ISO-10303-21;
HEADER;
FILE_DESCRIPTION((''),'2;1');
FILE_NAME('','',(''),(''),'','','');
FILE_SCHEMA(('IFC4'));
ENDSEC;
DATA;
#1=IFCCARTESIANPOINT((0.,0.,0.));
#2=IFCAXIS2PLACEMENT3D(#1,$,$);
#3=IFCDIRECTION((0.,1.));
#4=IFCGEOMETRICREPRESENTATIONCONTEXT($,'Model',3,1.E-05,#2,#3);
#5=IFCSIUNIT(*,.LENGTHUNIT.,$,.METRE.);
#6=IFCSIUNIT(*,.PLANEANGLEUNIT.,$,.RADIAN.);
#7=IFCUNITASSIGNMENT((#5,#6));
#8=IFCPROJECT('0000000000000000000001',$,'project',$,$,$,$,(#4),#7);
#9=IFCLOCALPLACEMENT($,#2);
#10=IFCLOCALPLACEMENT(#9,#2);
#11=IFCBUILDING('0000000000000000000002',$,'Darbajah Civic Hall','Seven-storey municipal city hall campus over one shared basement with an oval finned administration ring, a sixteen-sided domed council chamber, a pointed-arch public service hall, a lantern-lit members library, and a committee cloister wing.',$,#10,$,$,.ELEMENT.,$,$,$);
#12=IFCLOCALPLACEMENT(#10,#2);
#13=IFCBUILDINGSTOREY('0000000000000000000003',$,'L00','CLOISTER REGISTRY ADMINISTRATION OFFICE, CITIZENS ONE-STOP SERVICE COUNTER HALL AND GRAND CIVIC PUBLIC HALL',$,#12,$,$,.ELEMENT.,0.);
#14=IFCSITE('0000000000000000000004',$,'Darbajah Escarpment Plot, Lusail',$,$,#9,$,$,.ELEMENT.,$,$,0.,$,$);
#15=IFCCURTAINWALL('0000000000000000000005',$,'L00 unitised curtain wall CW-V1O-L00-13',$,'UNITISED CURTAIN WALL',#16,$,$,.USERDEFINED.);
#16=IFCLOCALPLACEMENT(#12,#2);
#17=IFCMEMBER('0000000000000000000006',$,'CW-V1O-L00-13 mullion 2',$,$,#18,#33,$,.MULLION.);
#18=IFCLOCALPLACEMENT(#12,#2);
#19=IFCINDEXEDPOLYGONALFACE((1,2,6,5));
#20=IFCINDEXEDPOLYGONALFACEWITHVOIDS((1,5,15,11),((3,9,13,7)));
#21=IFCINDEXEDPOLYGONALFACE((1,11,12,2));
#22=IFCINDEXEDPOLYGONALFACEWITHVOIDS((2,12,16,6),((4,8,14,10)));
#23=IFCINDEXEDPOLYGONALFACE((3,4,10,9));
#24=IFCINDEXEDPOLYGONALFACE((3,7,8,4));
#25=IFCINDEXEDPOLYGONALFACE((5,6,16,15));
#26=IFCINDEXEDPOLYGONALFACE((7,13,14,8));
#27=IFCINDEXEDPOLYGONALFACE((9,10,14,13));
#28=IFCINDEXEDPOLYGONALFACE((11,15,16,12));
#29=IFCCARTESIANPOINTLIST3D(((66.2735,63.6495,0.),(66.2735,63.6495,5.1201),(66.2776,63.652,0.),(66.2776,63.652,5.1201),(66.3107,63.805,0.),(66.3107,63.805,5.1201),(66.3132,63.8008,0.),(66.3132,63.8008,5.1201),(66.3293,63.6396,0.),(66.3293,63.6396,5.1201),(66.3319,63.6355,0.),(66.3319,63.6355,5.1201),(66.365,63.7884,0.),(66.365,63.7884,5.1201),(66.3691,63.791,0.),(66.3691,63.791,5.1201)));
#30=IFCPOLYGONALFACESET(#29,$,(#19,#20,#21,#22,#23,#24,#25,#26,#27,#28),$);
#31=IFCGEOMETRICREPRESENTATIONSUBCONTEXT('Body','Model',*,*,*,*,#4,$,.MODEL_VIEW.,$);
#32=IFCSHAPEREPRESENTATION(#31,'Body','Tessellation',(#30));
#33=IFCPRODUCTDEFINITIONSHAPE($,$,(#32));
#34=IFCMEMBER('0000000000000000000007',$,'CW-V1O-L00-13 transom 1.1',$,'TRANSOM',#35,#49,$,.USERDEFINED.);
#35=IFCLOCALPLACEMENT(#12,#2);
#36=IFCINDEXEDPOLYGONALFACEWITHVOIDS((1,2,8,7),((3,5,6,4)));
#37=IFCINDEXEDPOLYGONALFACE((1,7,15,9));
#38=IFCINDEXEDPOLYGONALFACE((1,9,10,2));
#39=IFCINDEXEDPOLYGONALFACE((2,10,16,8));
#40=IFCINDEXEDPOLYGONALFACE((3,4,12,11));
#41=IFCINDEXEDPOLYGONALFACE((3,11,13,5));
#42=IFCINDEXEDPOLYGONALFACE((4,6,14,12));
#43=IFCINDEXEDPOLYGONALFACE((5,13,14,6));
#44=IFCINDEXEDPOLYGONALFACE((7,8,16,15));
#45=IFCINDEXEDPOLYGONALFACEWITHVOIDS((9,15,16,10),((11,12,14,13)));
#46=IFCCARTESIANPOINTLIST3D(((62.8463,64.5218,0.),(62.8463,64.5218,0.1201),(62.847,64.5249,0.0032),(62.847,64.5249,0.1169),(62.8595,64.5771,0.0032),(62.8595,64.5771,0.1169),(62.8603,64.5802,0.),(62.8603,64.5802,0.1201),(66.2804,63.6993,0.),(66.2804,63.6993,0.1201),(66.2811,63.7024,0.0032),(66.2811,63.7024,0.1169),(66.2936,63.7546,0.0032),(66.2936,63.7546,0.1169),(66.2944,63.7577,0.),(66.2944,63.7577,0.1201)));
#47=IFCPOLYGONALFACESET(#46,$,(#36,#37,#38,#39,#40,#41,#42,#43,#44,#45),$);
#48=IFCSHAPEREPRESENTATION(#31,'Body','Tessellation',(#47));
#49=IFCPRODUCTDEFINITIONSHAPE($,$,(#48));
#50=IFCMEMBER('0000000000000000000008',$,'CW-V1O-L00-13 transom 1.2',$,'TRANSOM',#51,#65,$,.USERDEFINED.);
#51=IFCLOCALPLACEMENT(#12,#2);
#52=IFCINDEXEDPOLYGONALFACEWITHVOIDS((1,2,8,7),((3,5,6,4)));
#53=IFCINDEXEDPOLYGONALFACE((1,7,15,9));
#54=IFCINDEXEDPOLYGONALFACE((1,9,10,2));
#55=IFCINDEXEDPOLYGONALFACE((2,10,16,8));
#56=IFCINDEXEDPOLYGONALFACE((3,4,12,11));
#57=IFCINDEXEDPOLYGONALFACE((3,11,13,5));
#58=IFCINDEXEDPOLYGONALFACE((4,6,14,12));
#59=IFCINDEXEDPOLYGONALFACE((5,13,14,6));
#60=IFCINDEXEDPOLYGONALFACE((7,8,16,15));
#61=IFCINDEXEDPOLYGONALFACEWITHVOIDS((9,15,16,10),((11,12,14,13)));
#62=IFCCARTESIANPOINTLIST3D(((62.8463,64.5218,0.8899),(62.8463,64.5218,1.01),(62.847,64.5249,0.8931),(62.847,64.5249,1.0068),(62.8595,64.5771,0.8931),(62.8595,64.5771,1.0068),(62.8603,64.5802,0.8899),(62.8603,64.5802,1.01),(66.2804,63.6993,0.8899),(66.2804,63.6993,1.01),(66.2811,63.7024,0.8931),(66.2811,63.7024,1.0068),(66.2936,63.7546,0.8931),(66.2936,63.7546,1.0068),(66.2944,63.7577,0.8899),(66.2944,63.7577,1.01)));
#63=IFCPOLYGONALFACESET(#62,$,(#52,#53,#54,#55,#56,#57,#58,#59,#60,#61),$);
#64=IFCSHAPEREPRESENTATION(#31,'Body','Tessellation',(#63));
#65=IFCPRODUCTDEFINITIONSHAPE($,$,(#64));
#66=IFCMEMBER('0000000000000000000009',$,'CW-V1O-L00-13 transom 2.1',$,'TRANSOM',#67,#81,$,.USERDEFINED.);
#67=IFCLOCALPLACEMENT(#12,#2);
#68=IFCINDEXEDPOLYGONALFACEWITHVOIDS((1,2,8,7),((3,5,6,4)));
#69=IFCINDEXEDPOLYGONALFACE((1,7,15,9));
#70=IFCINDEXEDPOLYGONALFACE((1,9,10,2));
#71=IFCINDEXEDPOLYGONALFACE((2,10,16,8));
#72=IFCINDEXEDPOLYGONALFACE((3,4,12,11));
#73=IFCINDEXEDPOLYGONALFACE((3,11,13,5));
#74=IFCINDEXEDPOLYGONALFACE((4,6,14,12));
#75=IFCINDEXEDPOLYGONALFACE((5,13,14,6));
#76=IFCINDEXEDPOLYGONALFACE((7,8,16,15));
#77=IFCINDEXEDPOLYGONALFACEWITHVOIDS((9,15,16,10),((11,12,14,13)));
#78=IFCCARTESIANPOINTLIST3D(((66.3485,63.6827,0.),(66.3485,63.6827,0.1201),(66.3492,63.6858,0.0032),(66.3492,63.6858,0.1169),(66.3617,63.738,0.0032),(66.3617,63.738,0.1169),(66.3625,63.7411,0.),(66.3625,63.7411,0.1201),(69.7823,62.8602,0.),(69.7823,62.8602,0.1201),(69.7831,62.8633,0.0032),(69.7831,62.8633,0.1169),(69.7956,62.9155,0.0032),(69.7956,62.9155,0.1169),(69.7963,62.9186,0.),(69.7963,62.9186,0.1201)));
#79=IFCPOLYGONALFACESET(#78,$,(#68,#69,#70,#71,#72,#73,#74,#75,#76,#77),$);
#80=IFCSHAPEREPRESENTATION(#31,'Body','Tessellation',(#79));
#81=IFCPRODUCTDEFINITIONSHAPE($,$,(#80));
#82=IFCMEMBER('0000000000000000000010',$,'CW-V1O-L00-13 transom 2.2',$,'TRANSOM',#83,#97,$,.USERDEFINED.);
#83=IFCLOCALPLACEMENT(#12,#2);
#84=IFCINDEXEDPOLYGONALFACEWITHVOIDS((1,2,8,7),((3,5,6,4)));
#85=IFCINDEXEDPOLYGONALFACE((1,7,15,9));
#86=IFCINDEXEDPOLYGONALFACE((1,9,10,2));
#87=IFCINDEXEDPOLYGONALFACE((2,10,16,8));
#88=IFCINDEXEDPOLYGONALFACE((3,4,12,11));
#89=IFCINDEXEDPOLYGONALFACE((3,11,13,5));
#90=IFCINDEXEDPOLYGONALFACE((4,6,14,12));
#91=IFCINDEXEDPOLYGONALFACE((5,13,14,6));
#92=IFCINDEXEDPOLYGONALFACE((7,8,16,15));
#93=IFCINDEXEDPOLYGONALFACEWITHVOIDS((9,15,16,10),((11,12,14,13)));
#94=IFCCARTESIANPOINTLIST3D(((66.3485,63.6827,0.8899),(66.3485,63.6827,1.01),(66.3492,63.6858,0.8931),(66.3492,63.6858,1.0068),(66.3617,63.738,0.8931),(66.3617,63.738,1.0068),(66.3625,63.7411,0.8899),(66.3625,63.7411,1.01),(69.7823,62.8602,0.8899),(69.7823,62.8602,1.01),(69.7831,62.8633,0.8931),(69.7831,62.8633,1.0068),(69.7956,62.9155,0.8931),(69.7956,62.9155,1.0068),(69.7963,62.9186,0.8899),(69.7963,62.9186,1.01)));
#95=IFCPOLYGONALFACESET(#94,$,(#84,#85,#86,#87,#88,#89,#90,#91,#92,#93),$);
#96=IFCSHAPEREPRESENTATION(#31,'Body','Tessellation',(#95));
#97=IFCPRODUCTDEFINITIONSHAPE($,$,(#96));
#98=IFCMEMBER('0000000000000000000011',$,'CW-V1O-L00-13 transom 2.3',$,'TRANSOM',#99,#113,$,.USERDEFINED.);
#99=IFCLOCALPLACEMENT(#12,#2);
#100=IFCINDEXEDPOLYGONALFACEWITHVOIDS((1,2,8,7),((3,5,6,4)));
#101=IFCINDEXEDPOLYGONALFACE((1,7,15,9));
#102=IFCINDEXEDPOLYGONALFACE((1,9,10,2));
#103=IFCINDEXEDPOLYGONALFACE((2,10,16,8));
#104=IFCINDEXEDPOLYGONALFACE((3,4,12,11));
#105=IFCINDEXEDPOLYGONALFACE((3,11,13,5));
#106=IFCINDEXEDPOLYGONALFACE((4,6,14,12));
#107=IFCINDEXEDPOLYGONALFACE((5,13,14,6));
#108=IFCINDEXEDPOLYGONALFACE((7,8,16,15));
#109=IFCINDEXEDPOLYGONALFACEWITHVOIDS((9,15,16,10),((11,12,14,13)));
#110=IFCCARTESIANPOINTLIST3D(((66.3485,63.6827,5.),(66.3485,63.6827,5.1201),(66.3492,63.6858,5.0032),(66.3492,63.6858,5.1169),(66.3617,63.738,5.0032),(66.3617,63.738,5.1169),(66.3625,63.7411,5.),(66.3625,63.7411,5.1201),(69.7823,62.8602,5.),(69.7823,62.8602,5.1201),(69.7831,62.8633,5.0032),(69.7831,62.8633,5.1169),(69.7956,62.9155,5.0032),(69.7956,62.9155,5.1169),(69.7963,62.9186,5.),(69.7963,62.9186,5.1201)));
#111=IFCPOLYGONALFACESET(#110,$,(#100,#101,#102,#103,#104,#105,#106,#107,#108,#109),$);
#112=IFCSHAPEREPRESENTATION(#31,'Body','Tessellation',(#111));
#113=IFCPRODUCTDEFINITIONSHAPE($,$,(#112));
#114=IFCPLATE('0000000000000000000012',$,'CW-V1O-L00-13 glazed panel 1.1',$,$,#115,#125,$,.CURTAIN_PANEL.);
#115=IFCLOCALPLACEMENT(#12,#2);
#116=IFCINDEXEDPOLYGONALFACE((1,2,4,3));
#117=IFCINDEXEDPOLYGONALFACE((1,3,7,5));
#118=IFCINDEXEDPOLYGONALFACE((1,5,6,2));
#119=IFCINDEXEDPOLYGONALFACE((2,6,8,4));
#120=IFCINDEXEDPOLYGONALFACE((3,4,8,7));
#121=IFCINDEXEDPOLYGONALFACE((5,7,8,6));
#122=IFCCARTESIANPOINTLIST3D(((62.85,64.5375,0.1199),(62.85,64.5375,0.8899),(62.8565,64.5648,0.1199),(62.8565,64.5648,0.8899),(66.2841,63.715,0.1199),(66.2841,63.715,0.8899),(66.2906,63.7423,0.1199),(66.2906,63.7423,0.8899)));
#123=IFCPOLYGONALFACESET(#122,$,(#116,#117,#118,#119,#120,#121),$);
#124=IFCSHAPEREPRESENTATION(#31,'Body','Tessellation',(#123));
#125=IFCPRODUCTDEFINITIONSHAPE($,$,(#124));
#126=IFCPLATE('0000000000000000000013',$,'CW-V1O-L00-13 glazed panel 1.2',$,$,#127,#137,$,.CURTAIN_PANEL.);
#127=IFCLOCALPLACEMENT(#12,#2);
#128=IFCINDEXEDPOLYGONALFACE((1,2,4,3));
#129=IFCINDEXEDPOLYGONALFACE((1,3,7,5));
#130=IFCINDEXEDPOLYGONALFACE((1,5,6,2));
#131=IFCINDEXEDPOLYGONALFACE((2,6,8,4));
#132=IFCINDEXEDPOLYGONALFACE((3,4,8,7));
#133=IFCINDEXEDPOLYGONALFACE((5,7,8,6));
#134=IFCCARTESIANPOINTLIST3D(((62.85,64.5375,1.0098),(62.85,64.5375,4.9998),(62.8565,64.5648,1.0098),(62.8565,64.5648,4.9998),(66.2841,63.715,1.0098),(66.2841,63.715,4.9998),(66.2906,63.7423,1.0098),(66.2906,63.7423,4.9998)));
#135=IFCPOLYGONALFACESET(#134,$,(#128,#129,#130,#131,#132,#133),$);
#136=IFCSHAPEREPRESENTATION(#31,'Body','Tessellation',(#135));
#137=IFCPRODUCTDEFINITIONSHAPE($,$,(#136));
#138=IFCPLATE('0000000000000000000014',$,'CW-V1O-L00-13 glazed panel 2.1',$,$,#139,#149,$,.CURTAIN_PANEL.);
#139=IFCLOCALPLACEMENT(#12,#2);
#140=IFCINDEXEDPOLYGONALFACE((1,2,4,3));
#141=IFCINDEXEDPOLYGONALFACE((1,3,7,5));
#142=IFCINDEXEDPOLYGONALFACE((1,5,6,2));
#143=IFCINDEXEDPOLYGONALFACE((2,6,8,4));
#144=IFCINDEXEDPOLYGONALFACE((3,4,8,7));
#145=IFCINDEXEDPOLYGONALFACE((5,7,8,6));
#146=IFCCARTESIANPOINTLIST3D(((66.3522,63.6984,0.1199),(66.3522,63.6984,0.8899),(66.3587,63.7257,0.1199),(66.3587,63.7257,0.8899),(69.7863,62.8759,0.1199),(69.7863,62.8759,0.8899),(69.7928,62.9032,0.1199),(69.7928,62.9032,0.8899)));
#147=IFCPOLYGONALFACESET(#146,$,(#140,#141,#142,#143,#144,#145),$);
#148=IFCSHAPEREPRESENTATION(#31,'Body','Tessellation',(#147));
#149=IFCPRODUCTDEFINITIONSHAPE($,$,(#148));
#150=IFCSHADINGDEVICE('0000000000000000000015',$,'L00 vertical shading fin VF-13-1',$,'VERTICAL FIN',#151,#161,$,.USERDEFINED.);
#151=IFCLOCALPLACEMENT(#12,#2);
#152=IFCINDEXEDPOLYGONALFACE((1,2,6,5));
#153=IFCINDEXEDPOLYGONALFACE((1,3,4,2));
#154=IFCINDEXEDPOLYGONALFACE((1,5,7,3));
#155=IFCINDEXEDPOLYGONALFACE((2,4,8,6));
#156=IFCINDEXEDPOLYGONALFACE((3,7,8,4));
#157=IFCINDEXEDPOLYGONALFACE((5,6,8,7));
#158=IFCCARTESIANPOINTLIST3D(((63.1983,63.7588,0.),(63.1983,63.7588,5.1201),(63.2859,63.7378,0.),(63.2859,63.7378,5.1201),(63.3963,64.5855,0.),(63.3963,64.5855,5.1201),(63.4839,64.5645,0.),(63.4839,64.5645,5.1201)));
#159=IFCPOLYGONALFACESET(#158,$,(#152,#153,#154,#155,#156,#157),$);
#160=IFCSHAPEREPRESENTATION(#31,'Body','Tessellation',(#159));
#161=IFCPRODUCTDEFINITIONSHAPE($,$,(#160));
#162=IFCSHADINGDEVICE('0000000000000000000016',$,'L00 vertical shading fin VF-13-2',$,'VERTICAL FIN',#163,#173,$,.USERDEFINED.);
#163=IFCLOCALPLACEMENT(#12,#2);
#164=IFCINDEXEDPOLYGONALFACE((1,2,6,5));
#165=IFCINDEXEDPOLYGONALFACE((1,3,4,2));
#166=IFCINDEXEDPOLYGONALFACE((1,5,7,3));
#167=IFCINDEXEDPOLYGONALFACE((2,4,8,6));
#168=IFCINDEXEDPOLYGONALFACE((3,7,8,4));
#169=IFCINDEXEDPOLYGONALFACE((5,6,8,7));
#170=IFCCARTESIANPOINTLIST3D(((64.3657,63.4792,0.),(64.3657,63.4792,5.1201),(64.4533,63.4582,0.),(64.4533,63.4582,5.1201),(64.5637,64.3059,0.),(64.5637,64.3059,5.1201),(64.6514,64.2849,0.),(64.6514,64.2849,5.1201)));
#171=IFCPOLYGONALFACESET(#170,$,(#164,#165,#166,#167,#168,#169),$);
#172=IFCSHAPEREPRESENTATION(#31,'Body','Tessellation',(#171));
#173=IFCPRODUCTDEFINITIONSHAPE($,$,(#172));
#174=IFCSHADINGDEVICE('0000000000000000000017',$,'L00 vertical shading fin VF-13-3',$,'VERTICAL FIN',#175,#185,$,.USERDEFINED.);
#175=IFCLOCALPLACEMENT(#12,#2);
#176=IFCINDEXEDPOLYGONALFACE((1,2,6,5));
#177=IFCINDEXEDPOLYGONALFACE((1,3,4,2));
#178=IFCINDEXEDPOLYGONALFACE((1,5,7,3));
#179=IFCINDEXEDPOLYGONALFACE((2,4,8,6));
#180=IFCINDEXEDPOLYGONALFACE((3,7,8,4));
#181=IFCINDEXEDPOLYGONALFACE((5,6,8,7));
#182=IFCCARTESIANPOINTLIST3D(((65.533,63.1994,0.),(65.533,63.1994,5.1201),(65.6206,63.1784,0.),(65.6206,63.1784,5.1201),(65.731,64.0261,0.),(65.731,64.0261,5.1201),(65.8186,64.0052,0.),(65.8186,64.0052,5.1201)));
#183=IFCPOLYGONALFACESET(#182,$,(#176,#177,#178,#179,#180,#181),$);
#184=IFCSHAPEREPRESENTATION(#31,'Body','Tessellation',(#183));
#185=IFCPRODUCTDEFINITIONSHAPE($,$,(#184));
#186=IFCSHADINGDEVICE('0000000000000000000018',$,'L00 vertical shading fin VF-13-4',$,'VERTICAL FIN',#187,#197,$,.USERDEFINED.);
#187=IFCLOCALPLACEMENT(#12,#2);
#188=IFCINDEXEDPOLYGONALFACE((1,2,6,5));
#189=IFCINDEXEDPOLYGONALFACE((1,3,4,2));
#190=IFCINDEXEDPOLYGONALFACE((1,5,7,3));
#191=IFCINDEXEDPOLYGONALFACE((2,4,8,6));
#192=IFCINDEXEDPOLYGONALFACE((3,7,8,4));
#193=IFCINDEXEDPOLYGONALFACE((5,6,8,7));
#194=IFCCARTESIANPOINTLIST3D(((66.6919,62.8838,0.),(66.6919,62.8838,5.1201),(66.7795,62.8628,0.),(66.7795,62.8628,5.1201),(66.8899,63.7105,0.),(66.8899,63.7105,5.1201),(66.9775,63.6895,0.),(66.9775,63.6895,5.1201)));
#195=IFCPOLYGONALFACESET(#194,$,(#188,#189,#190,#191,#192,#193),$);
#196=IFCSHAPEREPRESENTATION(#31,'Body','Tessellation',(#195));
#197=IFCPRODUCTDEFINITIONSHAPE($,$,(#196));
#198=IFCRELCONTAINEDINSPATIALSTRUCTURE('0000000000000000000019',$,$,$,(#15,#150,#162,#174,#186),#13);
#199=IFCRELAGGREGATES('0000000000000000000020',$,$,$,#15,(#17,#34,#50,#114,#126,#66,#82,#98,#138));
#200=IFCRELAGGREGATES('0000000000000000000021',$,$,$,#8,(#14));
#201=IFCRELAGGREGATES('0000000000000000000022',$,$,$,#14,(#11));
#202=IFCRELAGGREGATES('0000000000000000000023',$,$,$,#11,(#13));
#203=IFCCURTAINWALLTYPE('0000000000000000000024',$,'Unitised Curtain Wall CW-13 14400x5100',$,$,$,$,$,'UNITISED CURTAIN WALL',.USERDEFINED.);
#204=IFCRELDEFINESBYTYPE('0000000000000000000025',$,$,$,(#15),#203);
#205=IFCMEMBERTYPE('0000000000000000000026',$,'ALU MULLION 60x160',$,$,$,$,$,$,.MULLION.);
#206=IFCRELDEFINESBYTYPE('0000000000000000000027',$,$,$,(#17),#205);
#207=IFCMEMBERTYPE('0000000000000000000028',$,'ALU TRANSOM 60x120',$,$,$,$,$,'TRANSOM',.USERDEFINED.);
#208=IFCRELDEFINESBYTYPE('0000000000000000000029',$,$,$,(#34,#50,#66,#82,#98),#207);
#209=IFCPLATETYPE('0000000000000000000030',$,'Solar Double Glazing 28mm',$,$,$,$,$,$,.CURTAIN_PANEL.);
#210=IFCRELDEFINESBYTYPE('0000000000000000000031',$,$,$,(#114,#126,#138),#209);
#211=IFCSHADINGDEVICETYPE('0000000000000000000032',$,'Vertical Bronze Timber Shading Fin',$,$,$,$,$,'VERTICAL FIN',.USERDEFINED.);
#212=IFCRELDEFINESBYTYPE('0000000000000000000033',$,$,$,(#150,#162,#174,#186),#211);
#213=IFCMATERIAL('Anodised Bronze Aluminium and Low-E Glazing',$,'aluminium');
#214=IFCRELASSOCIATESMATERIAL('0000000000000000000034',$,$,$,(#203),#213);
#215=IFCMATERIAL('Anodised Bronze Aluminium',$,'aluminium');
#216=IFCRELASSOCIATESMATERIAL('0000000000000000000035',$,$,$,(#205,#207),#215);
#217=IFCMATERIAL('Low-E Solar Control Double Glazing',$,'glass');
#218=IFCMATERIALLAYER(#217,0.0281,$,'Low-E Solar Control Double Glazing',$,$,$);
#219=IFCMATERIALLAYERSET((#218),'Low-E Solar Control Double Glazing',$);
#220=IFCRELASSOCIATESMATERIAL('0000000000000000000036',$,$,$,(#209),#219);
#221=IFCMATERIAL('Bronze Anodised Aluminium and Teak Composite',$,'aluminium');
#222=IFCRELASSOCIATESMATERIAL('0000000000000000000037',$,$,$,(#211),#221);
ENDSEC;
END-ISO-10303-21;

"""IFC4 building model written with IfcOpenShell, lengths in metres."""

from ifc_helpers import new_model, si_unit, direction, frame, origin, origin_2d, place, context, subcontext, project, spatial, rectangle, hollow_rectangle, extrude, material, layer, layer_set, material_profile, profile_set, type_object, element, aggregate, save


model = new_model("IFC4")

# Units and contexts
model_context = context("Model", 3, precision=1e-05, world=origin(), true_north=direction((0.0, 1.0)))
body_context = subcontext(model_context, "Body", "Model", "MODEL_VIEW")
ifc_project = project(units=[si_unit("LENGTHUNIT", "METRE"), si_unit("PLANEANGLEUNIT", "RADIAN")], contexts=[model_context])

# Site, building, storey
site_placement = place(None, origin())
site = spatial("IfcSite", under=ifc_project, at=site_placement, Name="Darbajah Escarpment Plot, Lusail", CompositionType="ELEMENT", RefElevation=0.0)
building_placement = place(site_placement, origin())
building = spatial("IfcBuilding", under=site, at=building_placement, Name="Darbajah Civic Hall", Description="Seven-storey municipal city hall campus over one shared basement with an oval finned administration ring, a sixteen-sided domed council chamber, a pointed-arch public service hall, a lantern-lit members library, and a committee cloister wing.", CompositionType="ELEMENT")
storey_placement = place(building_placement, origin())
storey = spatial("IfcBuildingStorey", under=building, at=storey_placement, Name="L00", Description="CLOISTER REGISTRY ADMINISTRATION OFFICE, CITIZENS ONE-STOP SERVICE COUNTER HALL AND GRAND CIVIC PUBLIC HALL", CompositionType="ELEMENT", Elevation=0.0)

# Curtain wall, members, plates
ifc_material_1 = material(Name="Anodised Bronze Aluminium and Low-E Glazing", Category="aluminium")
curtain_wall_type = type_object("IfcCurtainWallType", Name="Unitised Curtain Wall CW-13 14400x5100", ElementType="UNITISED CURTAIN WALL", PredefinedType="USERDEFINED", material=ifc_material_1)
curtain_wall_placement = place(storey_placement, origin())
curtain_wall = element("IfcCurtainWall", 1, at=curtain_wall_placement, inside=storey, type_object=curtain_wall_type, Name="L00 unitised curtain wall CW-V1O-L00-13", ObjectType="UNITISED CURTAIN WALL", PredefinedType="USERDEFINED")
ifc_material_2 = material(Name="Anodised Bronze Aluminium", Category="aluminium")
ifc_material_profile_1 = material_profile(ifc_material_2, hollow_rectangle(XDim=0.0601, YDim=0.1599, WallThickness=0.0034, at=origin_2d()), Name="ALU MULLION 60x160")
ifc_profile_set_1 = profile_set([ifc_material_profile_1], Name="Anodised Bronze Aluminium")
member_type_1 = type_object("IfcMemberType", Name="ALU MULLION 60x160", PredefinedType="MULLION", material=ifc_profile_set_1)
member_1_placement = place(storey_placement, frame((66.3213, 63.7202, 0.0), z_axis=(0.0, 0.0, 1.0), x_axis=(0.972492, -0.232936, 0.0)))
member_1 = element("IfcMember", 2, at=member_1_placement, type_object=member_type_1, Name="CW-V1O-L00-13 mullion 2", PredefinedType="MULLION", context=body_context, shape_type="SweptSolid", body=[
    extrude(hollow_rectangle(XDim=0.0601, YDim=0.1599, WallThickness=0.0034, at=origin_2d()), origin(), (0.0, 0.0, 1.0), 5.1201),
])
ifc_material_profile_2 = material_profile(ifc_material_2, hollow_rectangle(XDim=0.0601, YDim=0.1201, WallThickness=0.0032, at=origin_2d()), Name="ALU TRANSOM 60x120")
ifc_profile_set_2 = profile_set([ifc_material_profile_2], Name="Anodised Bronze Aluminium")
member_type_2 = type_object("IfcMemberType", Name="ALU TRANSOM 60x120", ElementType="TRANSOM", PredefinedType="USERDEFINED", material=ifc_profile_set_2)
member_2_placement = place(storey_placement, frame((62.8533, 64.551, 0.0601), z_axis=(0.972495, -0.232926, 0.0), x_axis=(0.232926, 0.972495, 0.0)))
member_2 = element("IfcMember", 3, at=member_2_placement, type_object=member_type_2, Name="CW-V1O-L00-13 transom 1.1", ObjectType="TRANSOM", PredefinedType="USERDEFINED", context=body_context, shape_type="SweptSolid", body=[
    extrude(hollow_rectangle(XDim=0.0601, YDim=0.1201, WallThickness=0.0032, at=origin_2d()), origin(), (0.0, 0.0, 1.0), 3.5312),
])
member_3_placement = place(storey_placement, frame((62.8533, 64.551, 0.95), z_axis=(0.972495, -0.232926, 0.0), x_axis=(0.232926, 0.972495, 0.0)))
member_3 = element("IfcMember", 4, at=member_3_placement, type_object=member_type_2, Name="CW-V1O-L00-13 transom 1.2", ObjectType="TRANSOM", PredefinedType="USERDEFINED", context=body_context, shape_type="SweptSolid", body=[
    extrude(hollow_rectangle(XDim=0.0601, YDim=0.1201, WallThickness=0.0032, at=origin_2d()), origin(), (0.0, 0.0, 1.0), 3.5312),
])
member_4_placement = place(storey_placement, frame((66.3555, 63.7119, 0.0601), z_axis=(0.972491, -0.232941, 0.0), x_axis=(0.232941, 0.972491, 0.0)))
member_4 = element("IfcMember", 5, at=member_4_placement, type_object=member_type_2, Name="CW-V1O-L00-13 transom 2.1", ObjectType="TRANSOM", PredefinedType="USERDEFINED", context=body_context, shape_type="SweptSolid", body=[
    extrude(hollow_rectangle(XDim=0.0601, YDim=0.1201, WallThickness=0.0032, at=origin_2d()), origin(), (0.0, 0.0, 1.0), 3.531),
])
member_5_placement = place(storey_placement, frame((66.3555, 63.7119, 0.95), z_axis=(0.972491, -0.232941, 0.0), x_axis=(0.232941, 0.972491, 0.0)))
member_5 = element("IfcMember", 6, at=member_5_placement, type_object=member_type_2, Name="CW-V1O-L00-13 transom 2.2", ObjectType="TRANSOM", PredefinedType="USERDEFINED", context=body_context, shape_type="SweptSolid", body=[
    extrude(hollow_rectangle(XDim=0.0601, YDim=0.1201, WallThickness=0.0032, at=origin_2d()), origin(), (0.0, 0.0, 1.0), 3.531),
])
member_6_placement = place(storey_placement, frame((66.3555, 63.7119, 5.0601), z_axis=(0.972491, -0.232941, 0.0), x_axis=(0.232941, 0.972491, 0.0)))
member_6 = element("IfcMember", 7, at=member_6_placement, type_object=member_type_2, Name="CW-V1O-L00-13 transom 2.3", ObjectType="TRANSOM", PredefinedType="USERDEFINED", context=body_context, shape_type="SweptSolid", body=[
    extrude(hollow_rectangle(XDim=0.0601, YDim=0.1201, WallThickness=0.0032, at=origin_2d()), origin(), (0.0, 0.0, 1.0), 3.531),
])
ifc_material_3 = material(Name="Low-E Solar Control Double Glazing", Category="glass")
ifc_layer = layer(ifc_material_3, 0.0281, Name="Low-E Solar Control Double Glazing")
ifc_layer_set = layer_set([ifc_layer], Name="Low-E Solar Control Double Glazing")
plate_type = type_object("IfcPlateType", Name="Solar Double Glazing 28mm", PredefinedType="CURTAIN_PANEL", material=ifc_layer_set)
plate_1_placement = place(storey_placement, frame((64.5703, 64.1399, 0.1199), z_axis=(0.0, 0.0, 1.0), x_axis=(0.972492, -0.232936, 0.0)))
plate_1 = element("IfcPlate", 8, at=plate_1_placement, type_object=plate_type, Name="CW-V1O-L00-13 glazed panel 1.1", PredefinedType="CURTAIN_PANEL", context=body_context, shape_type="SweptSolid", body=[
    extrude(rectangle(XDim=3.5312, YDim=0.0281, at=origin_2d()), origin(), (0.0, 0.0, 1.0), 0.77),
])
plate_2_placement = place(storey_placement, frame((64.5703, 64.1399, 1.0098), z_axis=(0.0, 0.0, 1.0), x_axis=(0.972492, -0.232936, 0.0)))
plate_2 = element("IfcPlate", 9, at=plate_2_placement, type_object=plate_type, Name="CW-V1O-L00-13 glazed panel 1.2", PredefinedType="CURTAIN_PANEL", context=body_context, shape_type="SweptSolid", body=[
    extrude(rectangle(XDim=3.5312, YDim=0.0281, at=origin_2d()), origin(), (0.0, 0.0, 1.0), 3.99),
])
plate_3_placement = place(storey_placement, frame((68.0725, 63.3008, 0.1199), z_axis=(0.0, 0.0, 1.0), x_axis=(0.972492, -0.232936, 0.0)))
plate_3 = element("IfcPlate", 10, at=plate_3_placement, type_object=plate_type, Name="CW-V1O-L00-13 glazed panel 2.1", PredefinedType="CURTAIN_PANEL", context=body_context, shape_type="SweptSolid", body=[
    extrude(rectangle(XDim=3.5312, YDim=0.0281, at=origin_2d()), origin(), (0.0, 0.0, 1.0), 0.77),
])
aggregate(curtain_wall, [member_1, member_2, member_3, plate_1, plate_2, member_4, member_5, member_6, plate_3])

# Shading devices
ifc_material_4 = material(Name="Bronze Anodised Aluminium and Teak Composite", Category="aluminium")
shading_device_type = type_object("IfcShadingDeviceType", Name="Vertical Bronze Timber Shading Fin", ElementType="VERTICAL FIN", PredefinedType="USERDEFINED", material=ifc_material_4)
for number, where, z_axis, x_axis, name in (
    (11, (63.3411, 64.1616, 0.0), (0.0, 0.0, 1.0), (-0.232936, -0.972492, 0.0), "L00 vertical shading fin VF-13-1"),
    (12, (64.5085, 63.8821, 0.0), (0.0, 0.0, 1.0), (-0.232936, -0.972492, 0.0), "L00 vertical shading fin VF-13-2"),
    (13, (65.6758, 63.6023, 0.0), (0.0, 0.0, 1.0), (-0.232936, -0.972492, 0.0), "L00 vertical shading fin VF-13-3"),
    (14, (66.8347, 63.2866, 0.0), (0.0, 0.0, 1.0), (-0.232936, -0.972492, 0.0), "L00 vertical shading fin VF-13-4"),
):
    element("IfcShadingDevice", number, at=place(storey_placement, frame(where, z_axis=z_axis, x_axis=x_axis)), inside=storey, type_object=shading_device_type, Name=name, ObjectType="VERTICAL FIN", PredefinedType="USERDEFINED", context=body_context, shape_type="SweptSolid", body=[
        extrude(rectangle(XDim=0.8501, YDim=0.0901, at=origin_2d()), origin(), (0.0, 0.0, 1.0), 5.1201),
    ])

save(model, "model.ifc")
